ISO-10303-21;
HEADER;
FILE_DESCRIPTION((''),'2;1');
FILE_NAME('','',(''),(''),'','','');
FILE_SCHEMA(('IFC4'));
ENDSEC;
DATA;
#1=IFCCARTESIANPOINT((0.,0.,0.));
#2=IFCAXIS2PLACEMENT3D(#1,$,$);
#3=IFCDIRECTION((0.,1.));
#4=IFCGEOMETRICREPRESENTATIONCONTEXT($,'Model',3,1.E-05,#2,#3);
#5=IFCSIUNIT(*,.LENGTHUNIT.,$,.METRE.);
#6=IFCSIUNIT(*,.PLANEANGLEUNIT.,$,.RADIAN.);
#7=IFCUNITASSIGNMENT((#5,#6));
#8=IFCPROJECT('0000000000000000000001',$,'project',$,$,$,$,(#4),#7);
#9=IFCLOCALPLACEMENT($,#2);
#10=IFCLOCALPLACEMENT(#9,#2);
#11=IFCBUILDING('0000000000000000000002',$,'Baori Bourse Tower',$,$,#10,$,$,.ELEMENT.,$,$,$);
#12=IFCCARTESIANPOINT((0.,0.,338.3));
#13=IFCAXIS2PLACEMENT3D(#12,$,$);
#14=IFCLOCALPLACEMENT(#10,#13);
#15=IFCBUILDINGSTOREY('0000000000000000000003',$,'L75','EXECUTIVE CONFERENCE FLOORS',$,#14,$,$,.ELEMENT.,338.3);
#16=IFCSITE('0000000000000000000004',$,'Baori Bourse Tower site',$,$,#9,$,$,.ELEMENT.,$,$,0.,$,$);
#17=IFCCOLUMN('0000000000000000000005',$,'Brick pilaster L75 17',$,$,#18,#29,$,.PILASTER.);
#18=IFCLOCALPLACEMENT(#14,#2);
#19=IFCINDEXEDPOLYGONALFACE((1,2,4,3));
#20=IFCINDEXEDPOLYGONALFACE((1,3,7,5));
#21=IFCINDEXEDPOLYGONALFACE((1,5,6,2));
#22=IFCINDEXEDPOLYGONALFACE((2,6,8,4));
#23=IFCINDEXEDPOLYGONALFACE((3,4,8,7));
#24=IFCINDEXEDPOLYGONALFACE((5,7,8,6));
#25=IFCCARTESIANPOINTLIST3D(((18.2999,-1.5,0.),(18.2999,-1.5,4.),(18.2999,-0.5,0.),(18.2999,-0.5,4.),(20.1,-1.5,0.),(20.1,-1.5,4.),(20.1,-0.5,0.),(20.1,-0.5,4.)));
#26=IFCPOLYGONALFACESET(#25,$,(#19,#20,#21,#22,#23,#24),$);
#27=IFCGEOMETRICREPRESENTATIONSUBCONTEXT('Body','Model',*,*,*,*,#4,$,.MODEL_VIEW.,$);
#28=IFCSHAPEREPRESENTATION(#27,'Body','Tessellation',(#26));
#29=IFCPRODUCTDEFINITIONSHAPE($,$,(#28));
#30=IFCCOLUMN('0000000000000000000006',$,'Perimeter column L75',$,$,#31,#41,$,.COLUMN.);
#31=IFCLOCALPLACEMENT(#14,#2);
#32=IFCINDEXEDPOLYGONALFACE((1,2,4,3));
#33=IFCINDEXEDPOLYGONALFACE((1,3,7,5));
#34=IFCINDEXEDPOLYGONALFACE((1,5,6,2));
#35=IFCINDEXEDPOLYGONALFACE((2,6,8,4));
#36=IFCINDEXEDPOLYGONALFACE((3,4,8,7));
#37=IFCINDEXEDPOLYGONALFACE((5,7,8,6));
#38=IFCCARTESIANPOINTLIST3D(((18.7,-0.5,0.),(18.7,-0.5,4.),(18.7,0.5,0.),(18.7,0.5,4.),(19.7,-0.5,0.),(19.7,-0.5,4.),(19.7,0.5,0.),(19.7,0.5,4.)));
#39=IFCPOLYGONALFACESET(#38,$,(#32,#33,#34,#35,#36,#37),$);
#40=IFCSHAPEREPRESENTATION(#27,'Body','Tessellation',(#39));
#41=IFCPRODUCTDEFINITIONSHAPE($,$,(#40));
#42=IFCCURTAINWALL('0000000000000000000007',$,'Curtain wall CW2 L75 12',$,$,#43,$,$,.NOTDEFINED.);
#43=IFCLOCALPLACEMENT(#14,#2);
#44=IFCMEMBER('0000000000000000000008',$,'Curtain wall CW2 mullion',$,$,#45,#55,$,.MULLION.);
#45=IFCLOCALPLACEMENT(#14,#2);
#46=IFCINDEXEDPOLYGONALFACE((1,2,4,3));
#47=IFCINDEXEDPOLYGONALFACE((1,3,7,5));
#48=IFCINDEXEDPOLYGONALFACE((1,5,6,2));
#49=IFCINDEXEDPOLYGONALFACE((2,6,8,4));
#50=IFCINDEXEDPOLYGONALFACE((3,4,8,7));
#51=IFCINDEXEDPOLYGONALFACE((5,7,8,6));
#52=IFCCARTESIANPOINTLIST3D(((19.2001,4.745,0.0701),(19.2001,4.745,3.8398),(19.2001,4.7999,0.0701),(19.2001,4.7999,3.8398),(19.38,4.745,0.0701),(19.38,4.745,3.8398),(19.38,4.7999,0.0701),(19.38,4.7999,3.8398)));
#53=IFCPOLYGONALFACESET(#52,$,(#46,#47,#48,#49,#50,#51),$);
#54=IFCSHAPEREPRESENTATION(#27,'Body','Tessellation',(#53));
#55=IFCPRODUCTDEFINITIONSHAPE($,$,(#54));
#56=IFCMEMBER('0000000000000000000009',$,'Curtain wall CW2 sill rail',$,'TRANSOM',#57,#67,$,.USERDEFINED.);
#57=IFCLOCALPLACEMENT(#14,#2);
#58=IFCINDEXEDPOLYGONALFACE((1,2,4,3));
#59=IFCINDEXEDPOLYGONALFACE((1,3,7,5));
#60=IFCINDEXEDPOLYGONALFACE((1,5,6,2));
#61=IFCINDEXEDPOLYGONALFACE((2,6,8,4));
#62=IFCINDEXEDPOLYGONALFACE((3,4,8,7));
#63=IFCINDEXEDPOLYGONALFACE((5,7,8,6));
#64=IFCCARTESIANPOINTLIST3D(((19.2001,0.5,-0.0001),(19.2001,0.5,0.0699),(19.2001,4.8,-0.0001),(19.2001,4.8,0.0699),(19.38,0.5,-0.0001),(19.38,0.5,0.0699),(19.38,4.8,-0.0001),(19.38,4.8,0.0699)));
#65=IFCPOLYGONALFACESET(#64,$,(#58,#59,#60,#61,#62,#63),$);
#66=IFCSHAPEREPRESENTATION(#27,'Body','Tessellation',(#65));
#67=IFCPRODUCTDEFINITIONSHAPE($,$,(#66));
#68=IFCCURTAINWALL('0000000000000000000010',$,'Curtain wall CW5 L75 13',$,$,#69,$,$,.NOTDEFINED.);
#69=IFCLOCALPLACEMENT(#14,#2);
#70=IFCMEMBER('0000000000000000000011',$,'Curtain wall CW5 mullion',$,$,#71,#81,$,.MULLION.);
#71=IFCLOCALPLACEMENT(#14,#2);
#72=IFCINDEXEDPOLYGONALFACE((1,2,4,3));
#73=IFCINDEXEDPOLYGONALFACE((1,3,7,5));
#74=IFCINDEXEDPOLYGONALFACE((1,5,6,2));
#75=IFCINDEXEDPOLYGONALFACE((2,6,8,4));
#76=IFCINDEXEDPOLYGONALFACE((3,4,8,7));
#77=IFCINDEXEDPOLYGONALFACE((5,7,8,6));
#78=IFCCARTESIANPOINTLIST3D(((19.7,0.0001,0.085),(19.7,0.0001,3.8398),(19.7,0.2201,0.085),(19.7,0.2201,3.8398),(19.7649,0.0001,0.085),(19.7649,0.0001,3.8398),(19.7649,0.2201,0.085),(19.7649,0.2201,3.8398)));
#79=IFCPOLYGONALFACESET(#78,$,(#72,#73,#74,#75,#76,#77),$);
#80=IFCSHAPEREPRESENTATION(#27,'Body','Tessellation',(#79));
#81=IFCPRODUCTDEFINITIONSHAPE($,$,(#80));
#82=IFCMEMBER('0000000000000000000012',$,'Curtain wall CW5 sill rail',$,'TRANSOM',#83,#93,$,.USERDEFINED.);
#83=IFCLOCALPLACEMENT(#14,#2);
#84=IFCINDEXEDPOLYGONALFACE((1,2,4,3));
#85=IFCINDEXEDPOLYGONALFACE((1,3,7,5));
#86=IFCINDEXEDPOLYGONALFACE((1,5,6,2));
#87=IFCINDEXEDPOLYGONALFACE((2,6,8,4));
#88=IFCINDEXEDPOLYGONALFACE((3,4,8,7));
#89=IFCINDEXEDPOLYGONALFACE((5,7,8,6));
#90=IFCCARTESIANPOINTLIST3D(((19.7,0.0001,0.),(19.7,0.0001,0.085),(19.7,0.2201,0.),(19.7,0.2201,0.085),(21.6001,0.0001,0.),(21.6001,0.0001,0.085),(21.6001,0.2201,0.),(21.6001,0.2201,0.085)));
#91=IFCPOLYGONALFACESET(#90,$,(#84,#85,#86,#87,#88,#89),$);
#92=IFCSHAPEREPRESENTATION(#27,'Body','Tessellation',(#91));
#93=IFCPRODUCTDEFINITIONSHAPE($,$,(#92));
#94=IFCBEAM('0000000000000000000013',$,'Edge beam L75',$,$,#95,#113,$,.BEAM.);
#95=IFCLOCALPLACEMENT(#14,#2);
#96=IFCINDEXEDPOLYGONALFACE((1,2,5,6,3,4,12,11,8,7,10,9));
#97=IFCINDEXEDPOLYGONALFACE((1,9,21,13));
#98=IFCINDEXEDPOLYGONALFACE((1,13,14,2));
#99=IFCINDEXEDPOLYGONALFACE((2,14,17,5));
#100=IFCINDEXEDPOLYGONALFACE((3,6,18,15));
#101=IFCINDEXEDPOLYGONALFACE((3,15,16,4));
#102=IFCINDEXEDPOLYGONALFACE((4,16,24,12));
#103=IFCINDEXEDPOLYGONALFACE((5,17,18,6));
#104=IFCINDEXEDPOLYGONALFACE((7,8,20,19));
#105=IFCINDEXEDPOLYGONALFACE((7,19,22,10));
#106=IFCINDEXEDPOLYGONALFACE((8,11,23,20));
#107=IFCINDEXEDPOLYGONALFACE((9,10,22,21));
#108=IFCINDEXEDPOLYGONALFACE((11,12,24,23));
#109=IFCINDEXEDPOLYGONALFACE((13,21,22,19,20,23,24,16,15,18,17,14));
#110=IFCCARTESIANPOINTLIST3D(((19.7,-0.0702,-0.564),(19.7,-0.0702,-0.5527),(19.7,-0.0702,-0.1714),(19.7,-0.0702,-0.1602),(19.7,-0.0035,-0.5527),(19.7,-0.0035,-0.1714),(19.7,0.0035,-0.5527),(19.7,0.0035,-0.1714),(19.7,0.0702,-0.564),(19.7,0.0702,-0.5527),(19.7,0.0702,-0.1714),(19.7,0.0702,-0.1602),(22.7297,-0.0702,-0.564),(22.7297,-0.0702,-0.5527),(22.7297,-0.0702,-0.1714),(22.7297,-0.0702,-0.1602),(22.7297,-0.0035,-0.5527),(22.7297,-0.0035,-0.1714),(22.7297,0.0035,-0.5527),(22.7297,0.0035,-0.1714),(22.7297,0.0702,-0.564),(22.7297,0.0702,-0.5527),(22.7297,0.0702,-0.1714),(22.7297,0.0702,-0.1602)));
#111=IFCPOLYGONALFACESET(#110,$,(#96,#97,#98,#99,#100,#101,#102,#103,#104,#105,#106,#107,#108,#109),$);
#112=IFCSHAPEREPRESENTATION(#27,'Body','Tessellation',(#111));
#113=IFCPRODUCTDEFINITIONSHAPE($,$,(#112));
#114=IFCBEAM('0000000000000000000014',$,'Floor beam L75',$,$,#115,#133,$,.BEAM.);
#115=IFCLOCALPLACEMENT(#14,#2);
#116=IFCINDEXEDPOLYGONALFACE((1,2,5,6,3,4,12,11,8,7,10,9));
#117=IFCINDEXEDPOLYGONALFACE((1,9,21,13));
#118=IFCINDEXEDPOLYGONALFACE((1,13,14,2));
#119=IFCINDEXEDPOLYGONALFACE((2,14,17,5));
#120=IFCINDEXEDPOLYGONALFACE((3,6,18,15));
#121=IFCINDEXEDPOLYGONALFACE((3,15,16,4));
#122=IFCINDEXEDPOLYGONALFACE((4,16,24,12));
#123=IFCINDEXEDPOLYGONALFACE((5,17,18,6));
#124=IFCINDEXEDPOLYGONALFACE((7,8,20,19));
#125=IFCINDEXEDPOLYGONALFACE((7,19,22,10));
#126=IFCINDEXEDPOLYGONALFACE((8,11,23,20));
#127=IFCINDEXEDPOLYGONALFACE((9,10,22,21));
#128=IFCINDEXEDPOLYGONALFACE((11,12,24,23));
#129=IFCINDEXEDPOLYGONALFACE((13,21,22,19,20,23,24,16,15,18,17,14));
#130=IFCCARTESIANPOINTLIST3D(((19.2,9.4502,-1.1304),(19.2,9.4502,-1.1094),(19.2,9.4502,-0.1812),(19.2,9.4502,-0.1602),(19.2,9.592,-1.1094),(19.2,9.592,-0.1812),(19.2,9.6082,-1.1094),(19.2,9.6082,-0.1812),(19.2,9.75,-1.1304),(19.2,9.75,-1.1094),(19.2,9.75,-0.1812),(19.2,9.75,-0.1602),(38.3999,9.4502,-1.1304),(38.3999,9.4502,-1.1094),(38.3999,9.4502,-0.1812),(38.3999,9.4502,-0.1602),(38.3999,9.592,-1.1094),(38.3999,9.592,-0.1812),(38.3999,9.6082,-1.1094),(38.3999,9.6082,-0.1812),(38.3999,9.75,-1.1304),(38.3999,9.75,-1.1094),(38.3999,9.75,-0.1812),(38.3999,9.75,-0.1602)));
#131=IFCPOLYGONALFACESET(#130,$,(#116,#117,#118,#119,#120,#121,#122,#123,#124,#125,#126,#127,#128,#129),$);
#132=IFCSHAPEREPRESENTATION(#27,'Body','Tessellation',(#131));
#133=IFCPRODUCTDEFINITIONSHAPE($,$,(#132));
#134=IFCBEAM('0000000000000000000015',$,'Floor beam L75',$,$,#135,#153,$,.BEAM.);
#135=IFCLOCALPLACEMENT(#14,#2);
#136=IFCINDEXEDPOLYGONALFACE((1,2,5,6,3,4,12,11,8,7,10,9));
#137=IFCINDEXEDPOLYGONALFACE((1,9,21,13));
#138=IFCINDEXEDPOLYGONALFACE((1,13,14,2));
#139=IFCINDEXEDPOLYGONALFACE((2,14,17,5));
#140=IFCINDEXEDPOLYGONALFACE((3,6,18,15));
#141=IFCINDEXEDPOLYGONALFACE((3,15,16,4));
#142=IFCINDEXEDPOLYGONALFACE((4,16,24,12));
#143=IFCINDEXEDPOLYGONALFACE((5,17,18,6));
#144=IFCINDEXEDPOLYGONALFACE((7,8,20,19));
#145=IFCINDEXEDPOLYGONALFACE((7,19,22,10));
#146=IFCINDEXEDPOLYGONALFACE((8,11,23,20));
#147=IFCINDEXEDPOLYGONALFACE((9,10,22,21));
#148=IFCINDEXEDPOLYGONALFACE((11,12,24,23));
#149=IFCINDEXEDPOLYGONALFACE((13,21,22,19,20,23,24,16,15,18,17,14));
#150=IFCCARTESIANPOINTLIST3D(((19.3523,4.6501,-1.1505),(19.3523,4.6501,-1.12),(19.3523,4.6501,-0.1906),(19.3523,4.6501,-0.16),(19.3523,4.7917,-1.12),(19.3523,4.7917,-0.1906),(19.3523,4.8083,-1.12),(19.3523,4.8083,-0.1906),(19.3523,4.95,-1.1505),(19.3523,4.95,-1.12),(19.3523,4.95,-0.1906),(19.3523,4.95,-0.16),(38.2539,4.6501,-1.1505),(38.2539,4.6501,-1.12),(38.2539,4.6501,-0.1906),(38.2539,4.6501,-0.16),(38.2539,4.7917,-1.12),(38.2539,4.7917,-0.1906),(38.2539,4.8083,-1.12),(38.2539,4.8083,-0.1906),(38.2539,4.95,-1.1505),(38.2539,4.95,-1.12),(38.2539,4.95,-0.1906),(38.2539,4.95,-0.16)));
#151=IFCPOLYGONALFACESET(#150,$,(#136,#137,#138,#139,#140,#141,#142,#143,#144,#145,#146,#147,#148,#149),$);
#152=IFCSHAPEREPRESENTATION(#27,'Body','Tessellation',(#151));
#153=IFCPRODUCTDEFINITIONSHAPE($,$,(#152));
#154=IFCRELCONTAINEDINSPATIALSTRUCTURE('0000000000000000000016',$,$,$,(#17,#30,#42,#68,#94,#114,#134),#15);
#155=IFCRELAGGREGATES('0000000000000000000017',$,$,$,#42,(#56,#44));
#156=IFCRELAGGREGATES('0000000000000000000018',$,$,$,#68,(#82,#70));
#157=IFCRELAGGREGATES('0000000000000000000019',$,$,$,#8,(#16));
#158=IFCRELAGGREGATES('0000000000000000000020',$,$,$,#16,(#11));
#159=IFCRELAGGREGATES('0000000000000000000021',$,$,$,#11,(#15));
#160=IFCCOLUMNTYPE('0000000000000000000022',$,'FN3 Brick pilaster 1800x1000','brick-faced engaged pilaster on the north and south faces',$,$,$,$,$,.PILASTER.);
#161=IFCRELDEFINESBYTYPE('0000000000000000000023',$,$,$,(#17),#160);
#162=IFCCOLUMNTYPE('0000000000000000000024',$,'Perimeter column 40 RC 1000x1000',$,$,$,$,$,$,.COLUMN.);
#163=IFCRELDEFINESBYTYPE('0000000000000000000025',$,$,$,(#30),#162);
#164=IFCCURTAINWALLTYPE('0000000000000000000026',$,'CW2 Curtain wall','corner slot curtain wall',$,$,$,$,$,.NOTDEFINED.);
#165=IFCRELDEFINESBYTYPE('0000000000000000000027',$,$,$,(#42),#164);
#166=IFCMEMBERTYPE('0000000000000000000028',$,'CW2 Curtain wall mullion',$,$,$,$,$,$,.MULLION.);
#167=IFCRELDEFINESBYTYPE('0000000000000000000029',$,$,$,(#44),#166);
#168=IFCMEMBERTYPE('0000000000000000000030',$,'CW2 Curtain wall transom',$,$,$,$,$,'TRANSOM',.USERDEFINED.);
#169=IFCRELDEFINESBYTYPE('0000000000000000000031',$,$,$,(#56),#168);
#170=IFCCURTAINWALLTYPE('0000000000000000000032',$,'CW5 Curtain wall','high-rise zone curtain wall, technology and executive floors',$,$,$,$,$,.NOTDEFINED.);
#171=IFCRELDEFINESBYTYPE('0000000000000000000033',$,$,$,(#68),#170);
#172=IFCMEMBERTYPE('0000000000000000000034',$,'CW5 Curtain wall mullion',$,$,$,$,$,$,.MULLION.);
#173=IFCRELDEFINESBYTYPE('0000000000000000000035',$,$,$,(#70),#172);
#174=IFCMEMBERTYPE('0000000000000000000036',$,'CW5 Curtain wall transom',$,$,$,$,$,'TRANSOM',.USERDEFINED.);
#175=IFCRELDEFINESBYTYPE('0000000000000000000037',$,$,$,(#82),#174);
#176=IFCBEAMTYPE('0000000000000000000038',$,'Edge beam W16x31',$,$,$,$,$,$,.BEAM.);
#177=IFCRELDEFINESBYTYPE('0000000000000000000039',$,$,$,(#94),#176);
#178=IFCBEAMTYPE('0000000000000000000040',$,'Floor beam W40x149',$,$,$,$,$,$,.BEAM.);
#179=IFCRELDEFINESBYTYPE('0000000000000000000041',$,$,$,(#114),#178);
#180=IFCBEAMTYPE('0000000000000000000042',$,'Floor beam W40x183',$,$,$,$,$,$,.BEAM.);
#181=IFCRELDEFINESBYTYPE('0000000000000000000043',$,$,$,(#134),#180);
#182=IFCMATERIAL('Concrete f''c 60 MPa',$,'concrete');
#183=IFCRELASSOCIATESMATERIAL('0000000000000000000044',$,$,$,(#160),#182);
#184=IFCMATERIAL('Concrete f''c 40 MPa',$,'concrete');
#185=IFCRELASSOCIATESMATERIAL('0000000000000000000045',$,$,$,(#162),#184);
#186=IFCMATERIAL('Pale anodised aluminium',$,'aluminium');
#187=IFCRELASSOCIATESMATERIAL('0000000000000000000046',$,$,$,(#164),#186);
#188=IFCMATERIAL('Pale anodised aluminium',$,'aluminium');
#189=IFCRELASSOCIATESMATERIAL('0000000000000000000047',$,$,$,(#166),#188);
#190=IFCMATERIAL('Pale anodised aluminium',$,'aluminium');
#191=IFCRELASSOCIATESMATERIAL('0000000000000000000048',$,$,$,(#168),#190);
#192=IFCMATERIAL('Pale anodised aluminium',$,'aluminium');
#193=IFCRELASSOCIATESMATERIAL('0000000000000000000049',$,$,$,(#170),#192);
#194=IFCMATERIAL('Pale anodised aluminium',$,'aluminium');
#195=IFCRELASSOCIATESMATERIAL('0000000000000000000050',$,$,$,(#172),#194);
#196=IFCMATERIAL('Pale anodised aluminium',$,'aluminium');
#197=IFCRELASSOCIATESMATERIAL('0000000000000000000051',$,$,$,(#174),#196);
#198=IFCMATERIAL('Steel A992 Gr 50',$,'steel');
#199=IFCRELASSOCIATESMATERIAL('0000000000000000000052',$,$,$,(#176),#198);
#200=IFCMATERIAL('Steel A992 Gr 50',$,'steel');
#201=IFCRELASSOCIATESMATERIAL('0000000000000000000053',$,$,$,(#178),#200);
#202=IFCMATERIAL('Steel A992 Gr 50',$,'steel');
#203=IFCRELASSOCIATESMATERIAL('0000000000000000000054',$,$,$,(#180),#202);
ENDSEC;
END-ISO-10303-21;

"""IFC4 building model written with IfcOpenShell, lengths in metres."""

from ifc_helpers import new_model, si_unit, direction, frame, origin, origin_2d, place, context, subcontext, project, spatial, rectangle, i_section, extrude, material, material_profile, profile_set, type_object, element, aggregate, save


model = new_model("IFC4")

# Units and contexts
model_context = context("Model", 3, precision=1e-05, world=origin(), true_north=direction((0.0, 1.0)))
body_context = subcontext(model_context, "Body", "Model", "MODEL_VIEW")
ifc_project = project(units=[si_unit("LENGTHUNIT", "METRE"), si_unit("PLANEANGLEUNIT", "RADIAN")], contexts=[model_context])

# Site, building, storey
site_placement = place(None, origin())
site = spatial("IfcSite", under=ifc_project, at=site_placement, Name="Baori Bourse Tower site", CompositionType="ELEMENT", RefElevation=0.0)
building_placement = place(site_placement, origin())
building = spatial("IfcBuilding", under=site, at=building_placement, Name="Baori Bourse Tower", CompositionType="ELEMENT")
storey_placement = place(building_placement, frame((0.0, 0.0, 338.3)))
storey = spatial("IfcBuildingStorey", under=building, at=storey_placement, Name="L75", Description="EXECUTIVE CONFERENCE FLOORS", CompositionType="ELEMENT", Elevation=338.3)

# Columns
ifc_material_1 = material(Name="Concrete f'c 60 MPa", Category="concrete")
ifc_material_profile_1 = material_profile(ifc_material_1, rectangle(XDim=1.8, YDim=1.0, at=origin_2d()), Name="RC 1800x1000")
ifc_profile_set_1 = profile_set([ifc_material_profile_1], Name="Concrete f'c 60 MPa")
column_type_1 = type_object("IfcColumnType", Name="FN3 Brick pilaster 1800x1000", Description="brick-faced engaged pilaster on the north and south faces", PredefinedType="PILASTER", material=ifc_profile_set_1)
column_1_placement = place(storey_placement, frame((19.2, -1.0, 0.0), z_axis=(0.0, 0.0, 1.0), x_axis=(1.0, 0.0, 0.0)))
element("IfcColumn", 1, at=column_1_placement, inside=storey, type_object=column_type_1, Name="Brick pilaster L75 17", PredefinedType="PILASTER", context=body_context, shape_type="SweptSolid", body=[
    extrude(rectangle(XDim=1.8, YDim=1.0, at=origin_2d()), origin(), (0.0, 0.0, 1.0), 4.0),
])
ifc_material_2 = material(Name="Concrete f'c 40 MPa", Category="concrete")
ifc_material_profile_2 = material_profile(ifc_material_2, rectangle(XDim=1.0, YDim=1.0, at=origin_2d()), Name="RC 1000x1000")
ifc_profile_set_2 = profile_set([ifc_material_profile_2], Name="Concrete f'c 40 MPa")
column_type_2 = type_object("IfcColumnType", Name="Perimeter column 40 RC 1000x1000", PredefinedType="COLUMN", material=ifc_profile_set_2)
column_2_placement = place(storey_placement, frame((19.2, 0.0, 0.0), z_axis=(0.0, 0.0, 1.0), x_axis=(1.0, 0.0, 0.0)))
element("IfcColumn", 2, at=column_2_placement, inside=storey, type_object=column_type_2, Name="Perimeter column L75", PredefinedType="COLUMN", context=body_context, shape_type="SweptSolid", body=[
    extrude(rectangle(XDim=1.0, YDim=1.0, at=origin_2d()), origin(), (0.0, 0.0, 1.0), 4.0),
])

# Curtain walls, members
ifc_material_3 = material(Name="Pale anodised aluminium", Category="aluminium")
curtain_wall_type_1 = type_object("IfcCurtainWallType", Name="CW2 Curtain wall", Description="corner slot curtain wall", PredefinedType="NOTDEFINED", material=ifc_material_3)
curtain_wall_1_placement = place(storey_placement, origin())
curtain_wall_1 = element("IfcCurtainWall", 3, at=curtain_wall_1_placement, inside=storey, type_object=curtain_wall_type_1, Name="Curtain wall CW2 L75 12", PredefinedType="NOTDEFINED")
ifc_material_4 = material(Name="Pale anodised aluminium", Category="aluminium")
ifc_material_profile_3 = material_profile(ifc_material_4, rectangle(XDim=0.1799, YDim=0.0549, at=origin_2d()), Name="Mullion 55x180")
ifc_profile_set_3 = profile_set([ifc_material_profile_3], Name="Pale anodised aluminium")
member_type_1 = type_object("IfcMemberType", Name="CW2 Curtain wall mullion", PredefinedType="MULLION", material=ifc_profile_set_3)
member_1_placement = place(storey_placement, frame((19.29, 4.7725, 0.0701), z_axis=(0.0, 0.0, 1.0), x_axis=(1.0, 0.0, 0.0)))
member_1 = element("IfcMember", 4, at=member_1_placement, type_object=member_type_1, Name="Curtain wall CW2 mullion", PredefinedType="MULLION", context=body_context, shape_type="SweptSolid", body=[
    extrude(rectangle(XDim=0.1799, YDim=0.0549, at=origin_2d()), origin(), (0.0, 0.0, 1.0), 3.7698),
])
ifc_material_5 = material(Name="Pale anodised aluminium", Category="aluminium")
ifc_material_profile_4 = material_profile(ifc_material_5, rectangle(XDim=0.1799, YDim=0.0701, at=origin_2d()), Name="Transom 70x180")
ifc_profile_set_4 = profile_set([ifc_material_profile_4], Name="Pale anodised aluminium")
member_type_2 = type_object("IfcMemberType", Name="CW2 Curtain wall transom", ElementType="TRANSOM", PredefinedType="USERDEFINED", material=ifc_profile_set_4)
member_2_placement = place(storey_placement, frame((19.29, 4.8, 0.0349), z_axis=(0.0, -1.0, 0.0), x_axis=(1.0, 0.0, 0.0)))
member_2 = element("IfcMember", 5, at=member_2_placement, type_object=member_type_2, Name="Curtain wall CW2 sill rail", ObjectType="TRANSOM", PredefinedType="USERDEFINED", context=body_context, shape_type="SweptSolid", body=[
    extrude(rectangle(XDim=0.1799, YDim=0.0701, at=origin_2d()), origin(), (0.0, 0.0, 1.0), 4.3),
])
ifc_material_6 = material(Name="Pale anodised aluminium", Category="aluminium")
curtain_wall_type_2 = type_object("IfcCurtainWallType", Name="CW5 Curtain wall", Description="high-rise zone curtain wall, technology and executive floors", PredefinedType="NOTDEFINED", material=ifc_material_6)
curtain_wall_2_placement = place(storey_placement, origin())
curtain_wall_2 = element("IfcCurtainWall", 6, at=curtain_wall_2_placement, inside=storey, type_object=curtain_wall_type_2, Name="Curtain wall CW5 L75 13", PredefinedType="NOTDEFINED")
ifc_material_7 = material(Name="Pale anodised aluminium", Category="aluminium")
ifc_material_profile_5 = material_profile(ifc_material_7, rectangle(XDim=0.22, YDim=0.0649, at=origin_2d()), Name="Mullion 65x220")
ifc_profile_set_5 = profile_set([ifc_material_profile_5], Name="Pale anodised aluminium")
member_type_3 = type_object("IfcMemberType", Name="CW5 Curtain wall mullion", PredefinedType="MULLION", material=ifc_profile_set_5)
member_3_placement = place(storey_placement, frame((19.7324, 0.1101, 0.085), z_axis=(0.0, 0.0, 1.0), x_axis=(0.0, 1.0, 0.0)))
member_3 = element("IfcMember", 7, at=member_3_placement, type_object=member_type_3, Name="Curtain wall CW5 mullion", PredefinedType="MULLION", context=body_context, shape_type="SweptSolid", body=[
    extrude(rectangle(XDim=0.22, YDim=0.0649, at=origin_2d()), origin(), (0.0, 0.0, 1.0), 3.7549),
])
ifc_material_8 = material(Name="Pale anodised aluminium", Category="aluminium")
ifc_material_profile_6 = material_profile(ifc_material_8, rectangle(XDim=0.22, YDim=0.085, at=origin_2d()), Name="Transom 85x220")
ifc_profile_set_6 = profile_set([ifc_material_profile_6], Name="Pale anodised aluminium")
member_type_4 = type_object("IfcMemberType", Name="CW5 Curtain wall transom", ElementType="TRANSOM", PredefinedType="USERDEFINED", material=ifc_profile_set_6)
member_4_placement = place(storey_placement, frame((19.7, 0.1101, 0.0425), z_axis=(1.0, 0.0, 0.0), x_axis=(0.0, 1.0, 0.0)))
member_4 = element("IfcMember", 8, at=member_4_placement, type_object=member_type_4, Name="Curtain wall CW5 sill rail", ObjectType="TRANSOM", PredefinedType="USERDEFINED", context=body_context, shape_type="SweptSolid", body=[
    extrude(rectangle(XDim=0.22, YDim=0.085, at=origin_2d()), origin(), (0.0, 0.0, 1.0), 1.9001),
])

# Beams
ifc_material_9 = material(Name="Steel A992 Gr 50", Category="steel")
ifc_material_profile_7 = material_profile(ifc_material_9, i_section(OverallWidth=0.1404, OverallDepth=0.4038, WebThickness=0.0071, FlangeThickness=0.0112, at=origin_2d()), Name="W16x31")
ifc_profile_set_7 = profile_set([ifc_material_profile_7], Name="Steel A992 Gr 50")
beam_type_1 = type_object("IfcBeamType", Name="Edge beam W16x31", PredefinedType="BEAM", material=ifc_profile_set_7)
beam_1_placement = place(storey_placement, frame((19.7, 0.0, -0.3621), z_axis=(1.0, 0.0, 0.0), x_axis=(0.0, 1.0, 0.0)))
element("IfcBeam", 9, at=beam_1_placement, inside=storey, type_object=beam_type_1, Name="Edge beam L75", PredefinedType="BEAM", context=body_context, shape_type="SweptSolid", body=[
    extrude(i_section(OverallWidth=0.1404, OverallDepth=0.4038, WebThickness=0.0071, FlangeThickness=0.0112, at=origin_2d()), origin(), (0.0, 0.0, 1.0), 3.0298),
])
ifc_material_10 = material(Name="Steel A992 Gr 50", Category="steel")
ifc_material_profile_8 = material_profile(ifc_material_10, i_section(OverallWidth=0.2998, OverallDepth=0.9702, WebThickness=0.0161, FlangeThickness=0.021, at=origin_2d()), Name="W40x149")
ifc_profile_set_8 = profile_set([ifc_material_profile_8], Name="Steel A992 Gr 50")
beam_type_2 = type_object("IfcBeamType", Name="Floor beam W40x149", PredefinedType="BEAM", material=ifc_profile_set_8)
beam_2_placement = place(storey_placement, frame((19.2, 9.6001, -0.6453), z_axis=(1.0, 0.0, 0.0), x_axis=(0.0, 1.0, 0.0)))
element("IfcBeam", 10, at=beam_2_placement, inside=storey, type_object=beam_type_2, Name="Floor beam L75", PredefinedType="BEAM", context=body_context, shape_type="SweptSolid", body=[
    extrude(i_section(OverallWidth=0.2998, OverallDepth=0.9702, WebThickness=0.0161, FlangeThickness=0.021, at=origin_2d()), origin(), (0.0, 0.0, 1.0), 19.2),
])
ifc_material_11 = material(Name="Steel A992 Gr 50", Category="steel")
ifc_material_profile_9 = material_profile(ifc_material_11, i_section(OverallWidth=0.2998, OverallDepth=0.9905, WebThickness=0.0166, FlangeThickness=0.0305, at=origin_2d()), Name="W40x183")
ifc_profile_set_9 = profile_set([ifc_material_profile_9], Name="Steel A992 Gr 50")
beam_type_3 = type_object("IfcBeamType", Name="Floor beam W40x183", PredefinedType="BEAM", material=ifc_profile_set_9)
beam_3_placement = place(storey_placement, frame((19.3523, 4.8, -0.6553), z_axis=(1.0, 0.0, 0.0), x_axis=(0.0, 1.0, 0.0)))
element("IfcBeam", 11, at=beam_3_placement, inside=storey, type_object=beam_type_3, Name="Floor beam L75", PredefinedType="BEAM", context=body_context, shape_type="SweptSolid", body=[
    extrude(i_section(OverallWidth=0.2998, OverallDepth=0.9905, WebThickness=0.0166, FlangeThickness=0.0305, at=origin_2d()), origin(), (0.0, 0.0, 1.0), 18.9016),
])

aggregate(curtain_wall_1, [member_2, member_1])
aggregate(curtain_wall_2, [member_4, member_3])

save(model, "model.ifc")
